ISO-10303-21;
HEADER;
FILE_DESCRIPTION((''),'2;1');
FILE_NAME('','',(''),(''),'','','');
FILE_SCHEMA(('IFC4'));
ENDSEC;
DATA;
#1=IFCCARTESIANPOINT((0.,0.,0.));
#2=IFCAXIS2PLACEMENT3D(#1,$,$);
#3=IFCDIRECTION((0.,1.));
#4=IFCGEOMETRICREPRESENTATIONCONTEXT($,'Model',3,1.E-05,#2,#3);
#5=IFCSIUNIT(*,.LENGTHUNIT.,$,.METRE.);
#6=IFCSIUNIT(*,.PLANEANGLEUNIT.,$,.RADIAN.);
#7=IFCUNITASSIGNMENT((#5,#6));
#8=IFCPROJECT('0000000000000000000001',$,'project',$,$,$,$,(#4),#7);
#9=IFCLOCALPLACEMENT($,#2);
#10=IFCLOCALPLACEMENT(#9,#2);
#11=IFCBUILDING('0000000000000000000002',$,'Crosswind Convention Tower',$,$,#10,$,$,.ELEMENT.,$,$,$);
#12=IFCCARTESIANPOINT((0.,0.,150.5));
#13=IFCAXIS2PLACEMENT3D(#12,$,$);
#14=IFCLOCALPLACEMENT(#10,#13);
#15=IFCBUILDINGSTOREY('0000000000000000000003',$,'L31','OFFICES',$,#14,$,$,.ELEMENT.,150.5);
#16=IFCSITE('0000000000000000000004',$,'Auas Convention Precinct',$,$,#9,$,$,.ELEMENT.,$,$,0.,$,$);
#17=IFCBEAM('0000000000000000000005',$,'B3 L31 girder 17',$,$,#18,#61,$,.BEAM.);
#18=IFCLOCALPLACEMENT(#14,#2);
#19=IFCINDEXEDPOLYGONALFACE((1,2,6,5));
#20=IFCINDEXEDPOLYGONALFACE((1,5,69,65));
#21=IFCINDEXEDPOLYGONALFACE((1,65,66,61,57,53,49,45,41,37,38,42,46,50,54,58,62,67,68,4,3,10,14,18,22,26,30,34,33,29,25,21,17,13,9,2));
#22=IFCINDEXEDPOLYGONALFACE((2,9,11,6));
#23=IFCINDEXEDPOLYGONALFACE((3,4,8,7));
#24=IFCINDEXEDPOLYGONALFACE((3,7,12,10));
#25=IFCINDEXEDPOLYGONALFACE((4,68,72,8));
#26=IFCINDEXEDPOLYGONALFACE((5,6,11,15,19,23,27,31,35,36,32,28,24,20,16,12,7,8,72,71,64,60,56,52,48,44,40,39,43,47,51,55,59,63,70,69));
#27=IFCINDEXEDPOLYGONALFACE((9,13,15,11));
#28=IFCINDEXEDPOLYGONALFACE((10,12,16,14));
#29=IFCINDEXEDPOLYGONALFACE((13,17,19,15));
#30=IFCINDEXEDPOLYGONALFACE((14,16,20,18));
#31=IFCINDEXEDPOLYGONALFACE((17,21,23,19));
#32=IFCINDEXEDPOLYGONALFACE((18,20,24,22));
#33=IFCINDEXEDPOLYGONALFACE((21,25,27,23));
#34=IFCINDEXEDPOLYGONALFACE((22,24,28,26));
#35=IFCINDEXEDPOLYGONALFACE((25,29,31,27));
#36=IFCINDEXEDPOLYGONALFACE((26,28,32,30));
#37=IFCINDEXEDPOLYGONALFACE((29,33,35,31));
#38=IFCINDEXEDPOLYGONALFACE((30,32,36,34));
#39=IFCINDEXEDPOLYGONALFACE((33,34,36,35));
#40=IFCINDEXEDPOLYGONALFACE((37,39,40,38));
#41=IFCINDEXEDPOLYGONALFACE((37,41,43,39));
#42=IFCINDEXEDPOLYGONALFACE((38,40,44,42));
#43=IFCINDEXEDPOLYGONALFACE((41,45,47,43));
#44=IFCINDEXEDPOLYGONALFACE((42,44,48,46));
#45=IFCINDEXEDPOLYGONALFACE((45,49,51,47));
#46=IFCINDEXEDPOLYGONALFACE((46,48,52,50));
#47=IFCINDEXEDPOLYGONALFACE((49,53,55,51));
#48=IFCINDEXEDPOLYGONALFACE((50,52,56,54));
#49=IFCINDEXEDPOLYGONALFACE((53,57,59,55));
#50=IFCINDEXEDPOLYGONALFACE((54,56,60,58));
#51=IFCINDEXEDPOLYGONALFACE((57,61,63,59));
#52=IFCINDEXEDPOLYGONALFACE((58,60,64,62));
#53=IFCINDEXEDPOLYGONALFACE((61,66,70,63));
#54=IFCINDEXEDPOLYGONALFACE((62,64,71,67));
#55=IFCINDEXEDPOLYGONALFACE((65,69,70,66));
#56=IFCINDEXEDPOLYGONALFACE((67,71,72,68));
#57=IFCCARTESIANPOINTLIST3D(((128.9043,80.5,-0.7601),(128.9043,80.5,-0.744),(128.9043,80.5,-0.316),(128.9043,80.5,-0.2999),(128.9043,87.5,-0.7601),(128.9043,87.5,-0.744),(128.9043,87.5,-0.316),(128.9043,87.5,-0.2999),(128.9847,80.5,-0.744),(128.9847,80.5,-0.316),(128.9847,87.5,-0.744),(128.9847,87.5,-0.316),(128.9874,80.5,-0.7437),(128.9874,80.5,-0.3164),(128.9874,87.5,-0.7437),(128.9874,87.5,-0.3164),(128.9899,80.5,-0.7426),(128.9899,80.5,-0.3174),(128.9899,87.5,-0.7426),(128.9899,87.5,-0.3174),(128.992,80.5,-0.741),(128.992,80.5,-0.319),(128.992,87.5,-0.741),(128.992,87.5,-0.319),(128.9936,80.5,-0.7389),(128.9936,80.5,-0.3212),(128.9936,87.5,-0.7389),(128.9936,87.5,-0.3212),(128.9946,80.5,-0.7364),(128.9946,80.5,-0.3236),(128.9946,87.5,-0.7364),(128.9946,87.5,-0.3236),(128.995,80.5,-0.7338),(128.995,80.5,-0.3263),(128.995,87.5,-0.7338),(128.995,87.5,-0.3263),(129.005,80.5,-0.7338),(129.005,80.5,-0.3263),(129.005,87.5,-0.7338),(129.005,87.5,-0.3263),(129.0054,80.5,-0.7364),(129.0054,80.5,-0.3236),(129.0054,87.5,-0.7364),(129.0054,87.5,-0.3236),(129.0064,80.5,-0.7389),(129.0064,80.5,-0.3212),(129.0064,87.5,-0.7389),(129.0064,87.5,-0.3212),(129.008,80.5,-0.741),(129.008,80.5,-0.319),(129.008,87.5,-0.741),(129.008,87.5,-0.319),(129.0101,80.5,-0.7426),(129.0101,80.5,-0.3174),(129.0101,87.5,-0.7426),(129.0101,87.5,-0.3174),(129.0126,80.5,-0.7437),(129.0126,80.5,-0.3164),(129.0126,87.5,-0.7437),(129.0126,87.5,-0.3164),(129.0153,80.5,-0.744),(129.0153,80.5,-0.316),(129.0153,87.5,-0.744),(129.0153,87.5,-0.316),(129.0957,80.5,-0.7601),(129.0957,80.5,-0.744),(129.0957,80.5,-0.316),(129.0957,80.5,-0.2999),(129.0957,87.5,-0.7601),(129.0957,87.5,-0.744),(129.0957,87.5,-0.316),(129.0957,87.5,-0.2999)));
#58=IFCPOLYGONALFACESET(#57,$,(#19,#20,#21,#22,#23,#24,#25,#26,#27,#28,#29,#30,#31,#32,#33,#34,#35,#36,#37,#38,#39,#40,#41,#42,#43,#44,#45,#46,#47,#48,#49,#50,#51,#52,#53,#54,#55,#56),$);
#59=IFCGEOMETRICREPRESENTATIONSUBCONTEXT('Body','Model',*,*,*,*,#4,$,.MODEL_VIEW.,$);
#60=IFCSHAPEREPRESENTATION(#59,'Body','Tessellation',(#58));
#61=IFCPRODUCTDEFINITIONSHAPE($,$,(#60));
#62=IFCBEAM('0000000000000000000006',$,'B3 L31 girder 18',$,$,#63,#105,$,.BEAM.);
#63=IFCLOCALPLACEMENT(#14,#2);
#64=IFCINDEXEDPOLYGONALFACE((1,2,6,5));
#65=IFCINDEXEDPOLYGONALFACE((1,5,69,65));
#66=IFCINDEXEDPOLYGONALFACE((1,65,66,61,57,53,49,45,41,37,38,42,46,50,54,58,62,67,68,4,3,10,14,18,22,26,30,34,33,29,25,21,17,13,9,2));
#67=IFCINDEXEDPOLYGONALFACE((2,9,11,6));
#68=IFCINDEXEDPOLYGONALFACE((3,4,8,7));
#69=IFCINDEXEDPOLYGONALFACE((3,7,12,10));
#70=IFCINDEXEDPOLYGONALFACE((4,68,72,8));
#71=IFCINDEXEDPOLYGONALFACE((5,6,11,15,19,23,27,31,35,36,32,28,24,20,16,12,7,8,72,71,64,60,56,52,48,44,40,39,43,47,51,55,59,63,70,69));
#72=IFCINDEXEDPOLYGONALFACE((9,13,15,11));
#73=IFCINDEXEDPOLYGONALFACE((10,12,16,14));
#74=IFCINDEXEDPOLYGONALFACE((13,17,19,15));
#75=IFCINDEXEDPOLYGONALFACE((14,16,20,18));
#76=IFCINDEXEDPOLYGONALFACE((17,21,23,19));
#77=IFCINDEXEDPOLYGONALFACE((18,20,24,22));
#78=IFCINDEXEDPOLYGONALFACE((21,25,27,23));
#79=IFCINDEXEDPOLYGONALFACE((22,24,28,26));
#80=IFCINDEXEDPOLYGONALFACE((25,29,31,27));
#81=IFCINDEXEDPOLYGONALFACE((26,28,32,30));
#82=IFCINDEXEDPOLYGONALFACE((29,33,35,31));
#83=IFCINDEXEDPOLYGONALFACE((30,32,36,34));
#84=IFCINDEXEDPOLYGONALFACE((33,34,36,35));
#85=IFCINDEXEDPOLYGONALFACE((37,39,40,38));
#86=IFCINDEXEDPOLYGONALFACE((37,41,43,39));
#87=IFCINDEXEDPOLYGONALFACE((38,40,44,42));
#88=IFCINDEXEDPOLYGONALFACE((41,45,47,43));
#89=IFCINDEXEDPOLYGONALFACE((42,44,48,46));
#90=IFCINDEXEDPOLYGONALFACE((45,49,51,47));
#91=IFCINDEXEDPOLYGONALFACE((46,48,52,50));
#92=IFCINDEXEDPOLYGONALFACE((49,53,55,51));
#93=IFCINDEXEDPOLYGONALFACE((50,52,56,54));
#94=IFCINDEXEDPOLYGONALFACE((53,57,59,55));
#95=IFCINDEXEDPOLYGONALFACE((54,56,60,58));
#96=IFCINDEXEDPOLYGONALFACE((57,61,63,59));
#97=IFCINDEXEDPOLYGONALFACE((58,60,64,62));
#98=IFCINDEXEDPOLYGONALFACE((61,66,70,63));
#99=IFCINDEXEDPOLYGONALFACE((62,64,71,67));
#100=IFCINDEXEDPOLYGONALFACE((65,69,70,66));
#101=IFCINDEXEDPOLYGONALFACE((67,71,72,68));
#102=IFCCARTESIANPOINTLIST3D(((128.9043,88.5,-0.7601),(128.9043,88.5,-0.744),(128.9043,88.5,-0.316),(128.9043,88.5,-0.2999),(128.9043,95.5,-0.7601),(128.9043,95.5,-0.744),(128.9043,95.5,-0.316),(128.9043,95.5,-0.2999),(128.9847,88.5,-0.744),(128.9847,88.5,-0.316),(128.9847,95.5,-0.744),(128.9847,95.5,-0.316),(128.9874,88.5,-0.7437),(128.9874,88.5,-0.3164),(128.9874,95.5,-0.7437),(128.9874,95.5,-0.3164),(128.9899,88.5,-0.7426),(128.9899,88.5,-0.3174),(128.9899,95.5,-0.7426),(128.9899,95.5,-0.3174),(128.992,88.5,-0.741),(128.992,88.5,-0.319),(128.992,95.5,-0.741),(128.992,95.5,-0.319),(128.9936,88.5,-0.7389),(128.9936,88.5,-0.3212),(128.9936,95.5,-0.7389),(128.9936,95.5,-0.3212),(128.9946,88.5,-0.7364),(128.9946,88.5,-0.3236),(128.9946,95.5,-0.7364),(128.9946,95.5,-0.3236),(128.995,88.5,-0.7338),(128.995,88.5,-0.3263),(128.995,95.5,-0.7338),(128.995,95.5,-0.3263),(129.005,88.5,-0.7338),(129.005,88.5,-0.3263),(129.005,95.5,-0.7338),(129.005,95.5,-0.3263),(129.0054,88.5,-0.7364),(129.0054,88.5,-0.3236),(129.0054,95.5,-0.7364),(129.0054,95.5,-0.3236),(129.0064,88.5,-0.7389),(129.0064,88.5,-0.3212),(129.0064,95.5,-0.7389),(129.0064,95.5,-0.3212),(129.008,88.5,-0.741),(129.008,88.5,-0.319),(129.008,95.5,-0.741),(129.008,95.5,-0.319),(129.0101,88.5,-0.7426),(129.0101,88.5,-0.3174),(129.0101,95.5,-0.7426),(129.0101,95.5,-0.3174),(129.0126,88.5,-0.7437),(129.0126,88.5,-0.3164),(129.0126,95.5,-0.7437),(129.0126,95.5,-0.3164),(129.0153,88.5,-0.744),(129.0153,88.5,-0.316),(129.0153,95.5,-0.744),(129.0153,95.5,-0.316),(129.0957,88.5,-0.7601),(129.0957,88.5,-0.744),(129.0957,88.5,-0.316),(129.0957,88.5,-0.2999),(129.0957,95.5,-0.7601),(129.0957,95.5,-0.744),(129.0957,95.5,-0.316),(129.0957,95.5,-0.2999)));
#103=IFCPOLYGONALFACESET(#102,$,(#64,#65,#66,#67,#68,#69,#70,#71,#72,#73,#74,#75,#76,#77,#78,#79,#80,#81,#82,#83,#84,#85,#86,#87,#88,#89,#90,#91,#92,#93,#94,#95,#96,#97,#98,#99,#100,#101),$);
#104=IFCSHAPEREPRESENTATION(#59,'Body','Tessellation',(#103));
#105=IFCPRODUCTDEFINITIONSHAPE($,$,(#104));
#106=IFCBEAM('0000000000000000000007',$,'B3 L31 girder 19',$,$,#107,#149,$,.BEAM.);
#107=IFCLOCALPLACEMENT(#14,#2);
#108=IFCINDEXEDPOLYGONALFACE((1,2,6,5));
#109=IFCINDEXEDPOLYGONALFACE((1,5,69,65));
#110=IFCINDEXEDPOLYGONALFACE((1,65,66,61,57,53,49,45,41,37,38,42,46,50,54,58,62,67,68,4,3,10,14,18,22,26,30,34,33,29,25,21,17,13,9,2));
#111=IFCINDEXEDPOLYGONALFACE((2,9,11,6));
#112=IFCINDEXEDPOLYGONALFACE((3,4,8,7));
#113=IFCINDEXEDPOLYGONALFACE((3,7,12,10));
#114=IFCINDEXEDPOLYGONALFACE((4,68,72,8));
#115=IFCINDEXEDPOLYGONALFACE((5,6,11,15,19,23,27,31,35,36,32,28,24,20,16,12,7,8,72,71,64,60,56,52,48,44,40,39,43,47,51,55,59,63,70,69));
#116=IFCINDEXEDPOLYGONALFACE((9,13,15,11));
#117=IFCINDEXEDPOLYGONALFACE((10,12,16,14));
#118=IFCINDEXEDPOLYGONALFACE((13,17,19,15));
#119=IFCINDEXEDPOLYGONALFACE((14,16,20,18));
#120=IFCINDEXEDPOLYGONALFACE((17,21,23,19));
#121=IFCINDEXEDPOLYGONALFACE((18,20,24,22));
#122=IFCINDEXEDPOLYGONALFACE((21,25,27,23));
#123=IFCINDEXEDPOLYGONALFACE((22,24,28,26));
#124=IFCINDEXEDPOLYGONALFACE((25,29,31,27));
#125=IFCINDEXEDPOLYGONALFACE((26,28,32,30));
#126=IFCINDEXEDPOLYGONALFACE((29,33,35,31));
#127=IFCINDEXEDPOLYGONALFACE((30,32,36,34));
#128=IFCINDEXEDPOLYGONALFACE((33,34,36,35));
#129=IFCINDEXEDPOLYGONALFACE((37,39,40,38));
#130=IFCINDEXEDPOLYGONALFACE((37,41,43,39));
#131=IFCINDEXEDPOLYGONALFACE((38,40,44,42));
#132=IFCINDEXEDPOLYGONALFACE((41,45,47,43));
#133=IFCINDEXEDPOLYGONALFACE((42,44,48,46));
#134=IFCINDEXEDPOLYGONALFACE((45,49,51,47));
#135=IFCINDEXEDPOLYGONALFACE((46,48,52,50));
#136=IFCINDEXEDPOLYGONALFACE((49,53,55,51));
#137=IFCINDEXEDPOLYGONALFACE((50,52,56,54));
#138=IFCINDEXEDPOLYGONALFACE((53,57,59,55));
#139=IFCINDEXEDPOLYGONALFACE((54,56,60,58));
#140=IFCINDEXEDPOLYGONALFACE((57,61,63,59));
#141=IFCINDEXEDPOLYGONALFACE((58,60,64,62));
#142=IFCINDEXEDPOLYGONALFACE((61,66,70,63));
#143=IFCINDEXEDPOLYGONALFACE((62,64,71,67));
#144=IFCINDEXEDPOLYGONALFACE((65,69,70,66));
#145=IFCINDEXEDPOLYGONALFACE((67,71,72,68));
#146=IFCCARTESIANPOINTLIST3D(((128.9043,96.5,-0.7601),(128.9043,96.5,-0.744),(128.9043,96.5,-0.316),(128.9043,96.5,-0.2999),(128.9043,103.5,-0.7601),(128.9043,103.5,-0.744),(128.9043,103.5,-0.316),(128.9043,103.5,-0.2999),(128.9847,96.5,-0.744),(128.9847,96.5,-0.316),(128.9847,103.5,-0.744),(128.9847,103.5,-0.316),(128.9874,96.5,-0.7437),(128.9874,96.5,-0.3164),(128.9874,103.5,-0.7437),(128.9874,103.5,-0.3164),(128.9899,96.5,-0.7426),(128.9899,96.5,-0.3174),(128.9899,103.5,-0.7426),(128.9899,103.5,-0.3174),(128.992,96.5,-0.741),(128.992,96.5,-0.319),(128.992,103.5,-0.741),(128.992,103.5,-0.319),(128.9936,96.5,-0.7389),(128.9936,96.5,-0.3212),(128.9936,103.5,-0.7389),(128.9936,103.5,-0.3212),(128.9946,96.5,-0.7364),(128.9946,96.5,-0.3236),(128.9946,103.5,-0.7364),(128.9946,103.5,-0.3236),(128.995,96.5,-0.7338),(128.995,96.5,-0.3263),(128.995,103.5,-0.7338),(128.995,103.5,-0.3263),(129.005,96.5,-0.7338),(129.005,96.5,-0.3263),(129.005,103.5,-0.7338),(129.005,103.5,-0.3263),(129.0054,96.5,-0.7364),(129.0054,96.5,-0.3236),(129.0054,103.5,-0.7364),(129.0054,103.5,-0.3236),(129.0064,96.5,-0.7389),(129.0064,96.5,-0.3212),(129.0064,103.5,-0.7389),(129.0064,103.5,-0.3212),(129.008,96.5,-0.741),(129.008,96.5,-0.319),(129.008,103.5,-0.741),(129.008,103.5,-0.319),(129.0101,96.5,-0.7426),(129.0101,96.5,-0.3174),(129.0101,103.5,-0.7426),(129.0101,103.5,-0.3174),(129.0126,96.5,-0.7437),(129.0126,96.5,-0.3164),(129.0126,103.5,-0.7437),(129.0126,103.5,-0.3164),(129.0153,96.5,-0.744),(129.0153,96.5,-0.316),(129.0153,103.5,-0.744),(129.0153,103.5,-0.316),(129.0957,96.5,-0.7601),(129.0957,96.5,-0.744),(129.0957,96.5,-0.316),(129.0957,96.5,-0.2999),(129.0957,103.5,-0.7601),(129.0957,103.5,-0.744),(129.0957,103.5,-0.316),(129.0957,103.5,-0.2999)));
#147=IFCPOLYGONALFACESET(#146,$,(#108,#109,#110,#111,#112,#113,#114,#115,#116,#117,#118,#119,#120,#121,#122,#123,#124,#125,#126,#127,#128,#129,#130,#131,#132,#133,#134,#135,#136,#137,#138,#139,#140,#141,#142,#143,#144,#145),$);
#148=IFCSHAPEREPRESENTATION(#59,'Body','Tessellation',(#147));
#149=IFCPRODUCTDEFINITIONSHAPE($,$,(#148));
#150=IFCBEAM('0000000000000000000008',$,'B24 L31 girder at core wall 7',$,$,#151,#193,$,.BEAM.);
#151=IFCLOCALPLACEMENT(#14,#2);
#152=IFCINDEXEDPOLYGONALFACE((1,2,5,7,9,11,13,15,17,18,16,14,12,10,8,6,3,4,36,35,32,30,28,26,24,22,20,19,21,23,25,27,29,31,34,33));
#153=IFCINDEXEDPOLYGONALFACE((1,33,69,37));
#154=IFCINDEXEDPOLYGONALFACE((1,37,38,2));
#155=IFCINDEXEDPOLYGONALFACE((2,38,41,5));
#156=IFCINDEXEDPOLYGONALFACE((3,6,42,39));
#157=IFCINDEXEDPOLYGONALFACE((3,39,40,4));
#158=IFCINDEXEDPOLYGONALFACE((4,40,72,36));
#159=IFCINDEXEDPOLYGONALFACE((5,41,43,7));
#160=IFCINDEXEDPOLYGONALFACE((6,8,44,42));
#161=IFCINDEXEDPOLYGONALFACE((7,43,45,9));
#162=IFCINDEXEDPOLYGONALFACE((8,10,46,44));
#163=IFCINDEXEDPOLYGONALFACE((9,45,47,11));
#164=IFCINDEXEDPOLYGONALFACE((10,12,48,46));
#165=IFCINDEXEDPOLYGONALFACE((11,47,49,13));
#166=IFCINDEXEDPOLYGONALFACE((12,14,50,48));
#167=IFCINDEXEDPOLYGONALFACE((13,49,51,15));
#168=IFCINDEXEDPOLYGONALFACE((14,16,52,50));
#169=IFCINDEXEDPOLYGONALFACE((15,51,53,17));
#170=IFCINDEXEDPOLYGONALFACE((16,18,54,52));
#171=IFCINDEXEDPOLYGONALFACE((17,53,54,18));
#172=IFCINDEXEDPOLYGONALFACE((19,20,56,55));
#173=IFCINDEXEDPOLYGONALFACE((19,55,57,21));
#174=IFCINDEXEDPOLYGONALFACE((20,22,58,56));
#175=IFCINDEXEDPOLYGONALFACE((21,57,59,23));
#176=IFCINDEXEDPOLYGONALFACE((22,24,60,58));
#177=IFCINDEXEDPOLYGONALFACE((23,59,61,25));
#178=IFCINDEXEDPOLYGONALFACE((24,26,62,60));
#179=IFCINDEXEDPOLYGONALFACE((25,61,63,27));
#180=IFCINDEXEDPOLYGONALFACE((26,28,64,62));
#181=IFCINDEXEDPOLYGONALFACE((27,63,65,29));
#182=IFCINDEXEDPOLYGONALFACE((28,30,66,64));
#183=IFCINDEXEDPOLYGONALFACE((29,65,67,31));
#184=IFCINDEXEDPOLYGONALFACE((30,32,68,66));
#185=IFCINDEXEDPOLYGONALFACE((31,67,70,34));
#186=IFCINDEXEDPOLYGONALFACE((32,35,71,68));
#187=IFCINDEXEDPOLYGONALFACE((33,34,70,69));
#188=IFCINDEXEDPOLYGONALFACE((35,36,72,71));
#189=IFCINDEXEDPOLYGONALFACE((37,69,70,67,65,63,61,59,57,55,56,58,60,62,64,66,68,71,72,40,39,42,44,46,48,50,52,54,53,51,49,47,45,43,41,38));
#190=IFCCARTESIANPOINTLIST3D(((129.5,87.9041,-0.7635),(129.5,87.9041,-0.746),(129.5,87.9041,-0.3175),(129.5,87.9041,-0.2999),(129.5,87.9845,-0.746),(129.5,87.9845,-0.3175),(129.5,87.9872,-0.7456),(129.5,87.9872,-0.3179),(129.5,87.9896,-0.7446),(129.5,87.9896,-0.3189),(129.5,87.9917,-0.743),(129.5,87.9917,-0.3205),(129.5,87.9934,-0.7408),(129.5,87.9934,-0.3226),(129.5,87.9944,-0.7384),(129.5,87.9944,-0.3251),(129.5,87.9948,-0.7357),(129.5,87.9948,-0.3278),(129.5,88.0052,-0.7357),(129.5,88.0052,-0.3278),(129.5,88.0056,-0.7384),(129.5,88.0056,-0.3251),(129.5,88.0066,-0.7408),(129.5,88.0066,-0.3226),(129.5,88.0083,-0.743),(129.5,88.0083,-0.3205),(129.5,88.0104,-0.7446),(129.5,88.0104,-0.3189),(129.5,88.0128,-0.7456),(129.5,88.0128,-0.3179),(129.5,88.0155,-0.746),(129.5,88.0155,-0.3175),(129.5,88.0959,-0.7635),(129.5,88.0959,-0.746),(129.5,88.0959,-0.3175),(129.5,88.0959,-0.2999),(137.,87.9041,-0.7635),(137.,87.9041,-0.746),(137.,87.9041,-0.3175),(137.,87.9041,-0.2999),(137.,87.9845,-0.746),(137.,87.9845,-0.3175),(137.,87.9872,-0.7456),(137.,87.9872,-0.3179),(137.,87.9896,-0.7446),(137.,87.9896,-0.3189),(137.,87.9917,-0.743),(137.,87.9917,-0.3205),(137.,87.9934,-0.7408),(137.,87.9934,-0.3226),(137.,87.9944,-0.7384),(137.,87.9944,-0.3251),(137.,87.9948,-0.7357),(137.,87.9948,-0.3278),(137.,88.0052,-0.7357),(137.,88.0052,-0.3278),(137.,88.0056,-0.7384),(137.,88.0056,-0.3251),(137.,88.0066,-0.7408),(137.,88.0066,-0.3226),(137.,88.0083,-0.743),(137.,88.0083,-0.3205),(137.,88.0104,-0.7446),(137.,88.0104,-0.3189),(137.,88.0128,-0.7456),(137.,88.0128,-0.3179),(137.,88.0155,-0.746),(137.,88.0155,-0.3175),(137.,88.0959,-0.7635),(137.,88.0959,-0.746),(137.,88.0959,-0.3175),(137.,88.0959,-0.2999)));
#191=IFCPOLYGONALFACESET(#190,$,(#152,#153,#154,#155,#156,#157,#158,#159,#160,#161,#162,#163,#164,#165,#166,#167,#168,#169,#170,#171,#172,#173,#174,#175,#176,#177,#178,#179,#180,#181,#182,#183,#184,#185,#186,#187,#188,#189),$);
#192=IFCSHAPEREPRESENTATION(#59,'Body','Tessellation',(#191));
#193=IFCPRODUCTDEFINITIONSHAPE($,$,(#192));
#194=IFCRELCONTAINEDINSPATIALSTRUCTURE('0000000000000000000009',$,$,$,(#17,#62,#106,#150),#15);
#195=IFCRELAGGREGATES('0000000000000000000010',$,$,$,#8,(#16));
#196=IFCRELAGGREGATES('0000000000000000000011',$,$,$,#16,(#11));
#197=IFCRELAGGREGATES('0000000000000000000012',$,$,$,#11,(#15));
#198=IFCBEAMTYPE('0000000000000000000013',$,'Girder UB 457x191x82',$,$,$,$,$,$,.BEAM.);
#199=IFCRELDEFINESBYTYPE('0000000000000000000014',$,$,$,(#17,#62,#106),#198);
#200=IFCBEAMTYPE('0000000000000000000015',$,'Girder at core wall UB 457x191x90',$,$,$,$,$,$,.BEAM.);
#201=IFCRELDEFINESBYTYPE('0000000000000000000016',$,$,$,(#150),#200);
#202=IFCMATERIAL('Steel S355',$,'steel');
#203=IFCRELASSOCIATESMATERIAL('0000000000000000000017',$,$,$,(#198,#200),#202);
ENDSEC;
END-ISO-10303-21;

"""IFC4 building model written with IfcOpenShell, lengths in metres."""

from ifc_helpers import new_model, si_unit, direction, frame, origin, origin_2d, place, context, subcontext, project, spatial, i_section, extrude, material, material_profile, profile_set, type_object, element, save


model = new_model("IFC4")

# Units and contexts
model_context = context("Model", 3, precision=1e-05, world=origin(), true_north=direction((0.0, 1.0)))
body_context = subcontext(model_context, "Body", "Model", "MODEL_VIEW")
ifc_project = project(units=[si_unit("LENGTHUNIT", "METRE"), si_unit("PLANEANGLEUNIT", "RADIAN")], contexts=[model_context])

# Site, building, storey
site_placement = place(None, origin())
site = spatial("IfcSite", under=ifc_project, at=site_placement, Name="Auas Convention Precinct", CompositionType="ELEMENT", RefElevation=0.0)
building_placement = place(site_placement, origin())
building = spatial("IfcBuilding", under=site, at=building_placement, Name="Crosswind Convention Tower", CompositionType="ELEMENT")
storey_placement = place(building_placement, frame((0.0, 0.0, 150.5)))
storey = spatial("IfcBuildingStorey", under=building, at=storey_placement, Name="L31", Description="OFFICES", CompositionType="ELEMENT", Elevation=150.5)

# Beams
ifc_material_1 = material(Name="Steel S355", Category="steel")
ifc_material_profile_1 = material_profile(ifc_material_1, i_section(OverallWidth=0.1914, OverallDepth=0.4602, WebThickness=0.01, FlangeThickness=0.0161, FilletRadius=0.0103, at=origin_2d()), Name="UB 457x191x82")
ifc_profile_set_1 = profile_set([ifc_material_profile_1], Name="Steel S355")
beam_type_1 = type_object("IfcBeamType", Name="Girder UB 457x191x82", PredefinedType="BEAM", material=ifc_profile_set_1)
for number, where, z_axis, x_axis, name in (
    (1, (129.0, 80.5, -0.53), (0.0, 1.0, 0.0), (-1.0, 0.0, 0.0), "B3 L31 girder 17"),
    (2, (129.0, 88.5, -0.53), (0.0, 1.0, 0.0), (-1.0, 0.0, 0.0), "B3 L31 girder 18"),
    (3, (129.0, 96.5, -0.53), (0.0, 1.0, 0.0), (-1.0, 0.0, 0.0), "B3 L31 girder 19"),
):
    element("IfcBeam", number, at=place(storey_placement, frame(where, z_axis=z_axis, x_axis=x_axis)), inside=storey, type_object=beam_type_1, Name=name, PredefinedType="BEAM", context=body_context, shape_type="SweptSolid", body=[
        extrude(i_section(OverallWidth=0.1914, OverallDepth=0.4602, WebThickness=0.01, FlangeThickness=0.0161, FilletRadius=0.0103, at=origin_2d()), origin(), (0.0, 0.0, 1.0), 7.0),
    ])
ifc_material_profile_2 = material_profile(ifc_material_1, i_section(OverallWidth=0.1919, OverallDepth=0.4636, WebThickness=0.0105, FlangeThickness=0.0176, FilletRadius=0.0103, at=origin_2d()), Name="UB 457x191x90")
ifc_profile_set_2 = profile_set([ifc_material_profile_2], Name="Steel S355")
beam_type_2 = type_object("IfcBeamType", Name="Girder at core wall UB 457x191x90", PredefinedType="BEAM", material=ifc_profile_set_2)
for number, where, z_axis, x_axis, name in (
    (4, (129.5, 88.0, -0.5317), (1.0, 0.0, 0.0), (0.0, 1.0, 0.0), "B24 L31 girder at core wall 7"),
):
    element("IfcBeam", number, at=place(storey_placement, frame(where, z_axis=z_axis, x_axis=x_axis)), inside=storey, type_object=beam_type_2, Name=name, PredefinedType="BEAM", context=body_context, shape_type="SweptSolid", body=[
        extrude(i_section(OverallWidth=0.1919, OverallDepth=0.4636, WebThickness=0.0105, FlangeThickness=0.0176, FilletRadius=0.0103, at=origin_2d()), origin(), (0.0, 0.0, 1.0), 7.5),
    ])

save(model, "model.ifc")
